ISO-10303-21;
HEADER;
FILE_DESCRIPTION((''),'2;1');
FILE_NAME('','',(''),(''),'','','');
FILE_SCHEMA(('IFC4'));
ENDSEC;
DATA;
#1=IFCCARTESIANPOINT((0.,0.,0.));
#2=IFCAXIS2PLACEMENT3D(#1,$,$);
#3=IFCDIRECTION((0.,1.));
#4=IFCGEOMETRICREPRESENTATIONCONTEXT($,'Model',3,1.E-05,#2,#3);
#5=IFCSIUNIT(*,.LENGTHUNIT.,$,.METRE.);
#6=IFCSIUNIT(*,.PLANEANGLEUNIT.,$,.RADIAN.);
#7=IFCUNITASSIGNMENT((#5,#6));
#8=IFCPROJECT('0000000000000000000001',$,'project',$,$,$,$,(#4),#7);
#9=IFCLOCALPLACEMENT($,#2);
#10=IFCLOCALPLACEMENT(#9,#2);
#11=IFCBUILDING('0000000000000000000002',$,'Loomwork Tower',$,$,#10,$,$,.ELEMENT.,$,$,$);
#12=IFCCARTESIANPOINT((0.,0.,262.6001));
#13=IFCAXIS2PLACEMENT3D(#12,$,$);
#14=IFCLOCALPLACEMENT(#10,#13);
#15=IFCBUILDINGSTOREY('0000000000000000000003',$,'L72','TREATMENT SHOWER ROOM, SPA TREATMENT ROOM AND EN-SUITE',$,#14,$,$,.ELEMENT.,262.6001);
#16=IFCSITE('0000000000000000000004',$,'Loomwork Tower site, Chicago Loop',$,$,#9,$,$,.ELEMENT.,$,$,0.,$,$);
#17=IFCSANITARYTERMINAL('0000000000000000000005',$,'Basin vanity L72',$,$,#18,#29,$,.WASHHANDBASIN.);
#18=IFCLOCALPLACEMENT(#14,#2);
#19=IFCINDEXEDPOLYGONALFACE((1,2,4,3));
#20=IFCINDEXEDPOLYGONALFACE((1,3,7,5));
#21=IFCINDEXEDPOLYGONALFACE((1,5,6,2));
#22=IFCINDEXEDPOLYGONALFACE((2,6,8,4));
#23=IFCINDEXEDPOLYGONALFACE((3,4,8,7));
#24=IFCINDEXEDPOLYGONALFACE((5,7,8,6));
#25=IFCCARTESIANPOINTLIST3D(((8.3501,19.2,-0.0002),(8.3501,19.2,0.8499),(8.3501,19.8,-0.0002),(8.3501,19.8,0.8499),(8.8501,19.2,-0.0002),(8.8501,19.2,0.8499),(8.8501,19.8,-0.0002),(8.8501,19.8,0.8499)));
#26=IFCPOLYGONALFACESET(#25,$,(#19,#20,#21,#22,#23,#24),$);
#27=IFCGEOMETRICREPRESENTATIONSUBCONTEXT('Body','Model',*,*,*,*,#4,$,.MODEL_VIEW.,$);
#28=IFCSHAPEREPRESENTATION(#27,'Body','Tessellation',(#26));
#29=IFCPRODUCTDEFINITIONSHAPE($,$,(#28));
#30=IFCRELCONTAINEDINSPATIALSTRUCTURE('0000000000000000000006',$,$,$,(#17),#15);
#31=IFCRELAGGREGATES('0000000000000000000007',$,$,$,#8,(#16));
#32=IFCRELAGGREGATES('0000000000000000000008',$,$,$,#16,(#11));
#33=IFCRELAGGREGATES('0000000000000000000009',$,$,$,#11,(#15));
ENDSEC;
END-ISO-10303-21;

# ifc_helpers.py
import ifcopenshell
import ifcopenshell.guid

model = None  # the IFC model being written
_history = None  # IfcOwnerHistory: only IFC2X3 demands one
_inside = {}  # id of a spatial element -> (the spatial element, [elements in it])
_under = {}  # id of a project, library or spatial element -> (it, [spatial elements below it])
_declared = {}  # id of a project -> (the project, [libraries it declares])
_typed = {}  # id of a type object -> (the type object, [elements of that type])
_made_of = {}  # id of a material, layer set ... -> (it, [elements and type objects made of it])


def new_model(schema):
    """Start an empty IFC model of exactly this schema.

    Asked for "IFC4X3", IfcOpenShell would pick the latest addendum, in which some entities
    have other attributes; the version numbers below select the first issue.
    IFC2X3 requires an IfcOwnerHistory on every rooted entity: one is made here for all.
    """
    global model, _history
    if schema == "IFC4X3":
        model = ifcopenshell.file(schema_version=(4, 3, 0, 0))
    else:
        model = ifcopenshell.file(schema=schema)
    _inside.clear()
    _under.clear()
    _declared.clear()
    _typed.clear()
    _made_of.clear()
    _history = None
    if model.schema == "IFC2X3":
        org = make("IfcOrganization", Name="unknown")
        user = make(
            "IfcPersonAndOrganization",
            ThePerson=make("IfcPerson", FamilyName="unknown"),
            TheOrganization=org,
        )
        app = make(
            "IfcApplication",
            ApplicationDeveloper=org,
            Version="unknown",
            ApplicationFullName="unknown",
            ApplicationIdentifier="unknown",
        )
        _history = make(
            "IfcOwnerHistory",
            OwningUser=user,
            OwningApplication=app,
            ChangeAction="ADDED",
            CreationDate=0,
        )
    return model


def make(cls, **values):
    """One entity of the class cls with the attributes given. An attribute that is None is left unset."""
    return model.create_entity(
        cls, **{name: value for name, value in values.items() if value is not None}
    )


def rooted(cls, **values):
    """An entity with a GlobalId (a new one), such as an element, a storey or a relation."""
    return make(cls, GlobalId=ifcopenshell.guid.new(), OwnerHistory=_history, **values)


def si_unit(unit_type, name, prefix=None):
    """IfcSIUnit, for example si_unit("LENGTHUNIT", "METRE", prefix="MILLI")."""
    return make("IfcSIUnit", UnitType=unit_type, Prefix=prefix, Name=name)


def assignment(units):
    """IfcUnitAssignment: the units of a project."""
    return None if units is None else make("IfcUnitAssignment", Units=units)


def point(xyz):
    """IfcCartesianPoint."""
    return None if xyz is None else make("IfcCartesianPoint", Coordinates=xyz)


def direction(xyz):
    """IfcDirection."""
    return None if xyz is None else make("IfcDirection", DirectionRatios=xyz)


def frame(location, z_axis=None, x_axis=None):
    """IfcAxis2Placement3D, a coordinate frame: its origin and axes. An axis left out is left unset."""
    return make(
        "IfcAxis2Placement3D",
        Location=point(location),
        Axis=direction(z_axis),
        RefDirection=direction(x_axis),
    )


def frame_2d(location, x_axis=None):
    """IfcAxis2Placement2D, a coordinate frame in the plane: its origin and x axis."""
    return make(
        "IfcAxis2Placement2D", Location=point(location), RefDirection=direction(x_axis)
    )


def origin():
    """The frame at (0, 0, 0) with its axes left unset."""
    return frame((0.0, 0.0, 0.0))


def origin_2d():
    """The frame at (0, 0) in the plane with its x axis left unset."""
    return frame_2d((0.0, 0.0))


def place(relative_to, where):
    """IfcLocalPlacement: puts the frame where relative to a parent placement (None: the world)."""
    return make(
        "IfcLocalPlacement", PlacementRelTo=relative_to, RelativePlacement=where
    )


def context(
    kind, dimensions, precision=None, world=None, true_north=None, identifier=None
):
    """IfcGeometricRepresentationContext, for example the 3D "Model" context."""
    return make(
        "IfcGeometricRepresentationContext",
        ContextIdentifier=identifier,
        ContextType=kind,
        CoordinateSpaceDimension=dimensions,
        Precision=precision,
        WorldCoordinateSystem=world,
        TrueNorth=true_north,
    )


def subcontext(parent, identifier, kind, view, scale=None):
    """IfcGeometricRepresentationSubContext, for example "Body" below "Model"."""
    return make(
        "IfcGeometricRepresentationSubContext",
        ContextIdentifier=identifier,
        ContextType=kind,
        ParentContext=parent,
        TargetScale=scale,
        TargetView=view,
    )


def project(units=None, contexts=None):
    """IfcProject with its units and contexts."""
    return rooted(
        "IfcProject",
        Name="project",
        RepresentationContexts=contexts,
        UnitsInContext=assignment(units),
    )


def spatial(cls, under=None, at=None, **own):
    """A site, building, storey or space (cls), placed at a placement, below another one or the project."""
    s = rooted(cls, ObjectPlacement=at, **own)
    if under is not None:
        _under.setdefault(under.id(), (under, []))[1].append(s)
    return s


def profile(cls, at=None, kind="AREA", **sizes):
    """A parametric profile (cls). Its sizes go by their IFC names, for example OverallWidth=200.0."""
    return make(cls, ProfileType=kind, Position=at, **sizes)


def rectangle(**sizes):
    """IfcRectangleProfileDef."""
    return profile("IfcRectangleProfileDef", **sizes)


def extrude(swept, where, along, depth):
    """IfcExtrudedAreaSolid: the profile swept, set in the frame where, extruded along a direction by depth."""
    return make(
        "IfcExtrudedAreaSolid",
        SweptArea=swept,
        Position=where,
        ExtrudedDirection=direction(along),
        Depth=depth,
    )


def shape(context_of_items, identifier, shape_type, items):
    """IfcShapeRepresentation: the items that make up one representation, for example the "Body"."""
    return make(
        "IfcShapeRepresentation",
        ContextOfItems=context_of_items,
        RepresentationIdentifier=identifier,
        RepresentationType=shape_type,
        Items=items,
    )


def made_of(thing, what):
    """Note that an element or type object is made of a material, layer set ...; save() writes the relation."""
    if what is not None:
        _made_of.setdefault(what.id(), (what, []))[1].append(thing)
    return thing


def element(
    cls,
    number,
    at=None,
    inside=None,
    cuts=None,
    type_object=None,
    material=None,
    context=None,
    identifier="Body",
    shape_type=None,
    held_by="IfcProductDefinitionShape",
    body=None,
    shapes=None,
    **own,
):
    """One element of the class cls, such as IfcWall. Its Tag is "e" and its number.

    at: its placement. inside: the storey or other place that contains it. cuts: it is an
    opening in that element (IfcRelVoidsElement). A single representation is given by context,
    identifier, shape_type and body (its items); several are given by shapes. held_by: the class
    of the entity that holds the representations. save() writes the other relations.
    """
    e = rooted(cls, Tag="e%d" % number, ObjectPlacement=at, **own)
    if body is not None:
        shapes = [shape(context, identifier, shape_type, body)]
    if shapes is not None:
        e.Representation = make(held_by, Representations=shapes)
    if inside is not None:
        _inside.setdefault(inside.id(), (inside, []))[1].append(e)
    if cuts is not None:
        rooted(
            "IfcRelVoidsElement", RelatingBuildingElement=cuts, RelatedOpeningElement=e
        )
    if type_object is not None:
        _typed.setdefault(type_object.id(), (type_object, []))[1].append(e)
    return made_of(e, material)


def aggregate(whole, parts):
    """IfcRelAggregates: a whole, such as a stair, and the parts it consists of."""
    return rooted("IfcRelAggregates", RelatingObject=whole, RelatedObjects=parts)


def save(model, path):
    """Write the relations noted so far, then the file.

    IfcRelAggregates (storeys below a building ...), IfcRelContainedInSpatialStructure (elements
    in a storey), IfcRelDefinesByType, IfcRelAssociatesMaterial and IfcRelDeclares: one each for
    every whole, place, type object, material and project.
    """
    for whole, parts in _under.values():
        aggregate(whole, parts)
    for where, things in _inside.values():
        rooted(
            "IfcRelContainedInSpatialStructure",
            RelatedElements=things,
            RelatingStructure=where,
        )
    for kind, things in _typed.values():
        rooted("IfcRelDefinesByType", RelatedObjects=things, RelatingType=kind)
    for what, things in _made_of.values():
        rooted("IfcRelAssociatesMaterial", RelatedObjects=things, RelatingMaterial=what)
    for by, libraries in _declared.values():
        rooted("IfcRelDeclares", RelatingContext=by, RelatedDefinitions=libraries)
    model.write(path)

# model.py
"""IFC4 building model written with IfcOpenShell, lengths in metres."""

from ifc_helpers import new_model, si_unit, direction, frame, origin, origin_2d, place, context, subcontext, project, spatial, rectangle, extrude, element, save


model = new_model("IFC4")

# Units and contexts
model_context = context("Model", 3, precision=1e-05, world=origin(), true_north=direction((0.0, 1.0)))
body_context = subcontext(model_context, "Body", "Model", "MODEL_VIEW")
ifc_project = project(units=[si_unit("LENGTHUNIT", "METRE"), si_unit("PLANEANGLEUNIT", "RADIAN")], contexts=[model_context])

# Site, building, storey
site_placement = place(None, origin())
site = spatial("IfcSite", under=ifc_project, at=site_placement, Name="Loomwork Tower site, Chicago Loop", CompositionType="ELEMENT", RefElevation=0.0)
building_placement = place(site_placement, origin())
building = spatial("IfcBuilding", under=site, at=building_placement, Name="Loomwork Tower", CompositionType="ELEMENT")
storey_placement = place(building_placement, frame((0.0, 0.0, 262.6001)))
storey = spatial("IfcBuildingStorey", under=building, at=storey_placement, Name="L72", Description="TREATMENT SHOWER ROOM, SPA TREATMENT ROOM AND EN-SUITE", CompositionType="ELEMENT", Elevation=262.6001)

# Sanitary terminal
sanitary_terminal_1_placement = place(storey_placement, frame((8.6001, 19.5, -0.0002), z_axis=(0.0, 0.0, 1.0), x_axis=(1.0, 0.0, 0.0)))
element("IfcSanitaryTerminal", 1, at=sanitary_terminal_1_placement, inside=storey, Name="Basin vanity L72", PredefinedType="WASHHANDBASIN", context=body_context, shape_type="SweptSolid", body=[
    extrude(rectangle(XDim=0.5, YDim=0.6001, at=origin_2d()), origin(), (0.0, 0.0, 1.0), 0.8501),
])

save(model, "model.ifc")
